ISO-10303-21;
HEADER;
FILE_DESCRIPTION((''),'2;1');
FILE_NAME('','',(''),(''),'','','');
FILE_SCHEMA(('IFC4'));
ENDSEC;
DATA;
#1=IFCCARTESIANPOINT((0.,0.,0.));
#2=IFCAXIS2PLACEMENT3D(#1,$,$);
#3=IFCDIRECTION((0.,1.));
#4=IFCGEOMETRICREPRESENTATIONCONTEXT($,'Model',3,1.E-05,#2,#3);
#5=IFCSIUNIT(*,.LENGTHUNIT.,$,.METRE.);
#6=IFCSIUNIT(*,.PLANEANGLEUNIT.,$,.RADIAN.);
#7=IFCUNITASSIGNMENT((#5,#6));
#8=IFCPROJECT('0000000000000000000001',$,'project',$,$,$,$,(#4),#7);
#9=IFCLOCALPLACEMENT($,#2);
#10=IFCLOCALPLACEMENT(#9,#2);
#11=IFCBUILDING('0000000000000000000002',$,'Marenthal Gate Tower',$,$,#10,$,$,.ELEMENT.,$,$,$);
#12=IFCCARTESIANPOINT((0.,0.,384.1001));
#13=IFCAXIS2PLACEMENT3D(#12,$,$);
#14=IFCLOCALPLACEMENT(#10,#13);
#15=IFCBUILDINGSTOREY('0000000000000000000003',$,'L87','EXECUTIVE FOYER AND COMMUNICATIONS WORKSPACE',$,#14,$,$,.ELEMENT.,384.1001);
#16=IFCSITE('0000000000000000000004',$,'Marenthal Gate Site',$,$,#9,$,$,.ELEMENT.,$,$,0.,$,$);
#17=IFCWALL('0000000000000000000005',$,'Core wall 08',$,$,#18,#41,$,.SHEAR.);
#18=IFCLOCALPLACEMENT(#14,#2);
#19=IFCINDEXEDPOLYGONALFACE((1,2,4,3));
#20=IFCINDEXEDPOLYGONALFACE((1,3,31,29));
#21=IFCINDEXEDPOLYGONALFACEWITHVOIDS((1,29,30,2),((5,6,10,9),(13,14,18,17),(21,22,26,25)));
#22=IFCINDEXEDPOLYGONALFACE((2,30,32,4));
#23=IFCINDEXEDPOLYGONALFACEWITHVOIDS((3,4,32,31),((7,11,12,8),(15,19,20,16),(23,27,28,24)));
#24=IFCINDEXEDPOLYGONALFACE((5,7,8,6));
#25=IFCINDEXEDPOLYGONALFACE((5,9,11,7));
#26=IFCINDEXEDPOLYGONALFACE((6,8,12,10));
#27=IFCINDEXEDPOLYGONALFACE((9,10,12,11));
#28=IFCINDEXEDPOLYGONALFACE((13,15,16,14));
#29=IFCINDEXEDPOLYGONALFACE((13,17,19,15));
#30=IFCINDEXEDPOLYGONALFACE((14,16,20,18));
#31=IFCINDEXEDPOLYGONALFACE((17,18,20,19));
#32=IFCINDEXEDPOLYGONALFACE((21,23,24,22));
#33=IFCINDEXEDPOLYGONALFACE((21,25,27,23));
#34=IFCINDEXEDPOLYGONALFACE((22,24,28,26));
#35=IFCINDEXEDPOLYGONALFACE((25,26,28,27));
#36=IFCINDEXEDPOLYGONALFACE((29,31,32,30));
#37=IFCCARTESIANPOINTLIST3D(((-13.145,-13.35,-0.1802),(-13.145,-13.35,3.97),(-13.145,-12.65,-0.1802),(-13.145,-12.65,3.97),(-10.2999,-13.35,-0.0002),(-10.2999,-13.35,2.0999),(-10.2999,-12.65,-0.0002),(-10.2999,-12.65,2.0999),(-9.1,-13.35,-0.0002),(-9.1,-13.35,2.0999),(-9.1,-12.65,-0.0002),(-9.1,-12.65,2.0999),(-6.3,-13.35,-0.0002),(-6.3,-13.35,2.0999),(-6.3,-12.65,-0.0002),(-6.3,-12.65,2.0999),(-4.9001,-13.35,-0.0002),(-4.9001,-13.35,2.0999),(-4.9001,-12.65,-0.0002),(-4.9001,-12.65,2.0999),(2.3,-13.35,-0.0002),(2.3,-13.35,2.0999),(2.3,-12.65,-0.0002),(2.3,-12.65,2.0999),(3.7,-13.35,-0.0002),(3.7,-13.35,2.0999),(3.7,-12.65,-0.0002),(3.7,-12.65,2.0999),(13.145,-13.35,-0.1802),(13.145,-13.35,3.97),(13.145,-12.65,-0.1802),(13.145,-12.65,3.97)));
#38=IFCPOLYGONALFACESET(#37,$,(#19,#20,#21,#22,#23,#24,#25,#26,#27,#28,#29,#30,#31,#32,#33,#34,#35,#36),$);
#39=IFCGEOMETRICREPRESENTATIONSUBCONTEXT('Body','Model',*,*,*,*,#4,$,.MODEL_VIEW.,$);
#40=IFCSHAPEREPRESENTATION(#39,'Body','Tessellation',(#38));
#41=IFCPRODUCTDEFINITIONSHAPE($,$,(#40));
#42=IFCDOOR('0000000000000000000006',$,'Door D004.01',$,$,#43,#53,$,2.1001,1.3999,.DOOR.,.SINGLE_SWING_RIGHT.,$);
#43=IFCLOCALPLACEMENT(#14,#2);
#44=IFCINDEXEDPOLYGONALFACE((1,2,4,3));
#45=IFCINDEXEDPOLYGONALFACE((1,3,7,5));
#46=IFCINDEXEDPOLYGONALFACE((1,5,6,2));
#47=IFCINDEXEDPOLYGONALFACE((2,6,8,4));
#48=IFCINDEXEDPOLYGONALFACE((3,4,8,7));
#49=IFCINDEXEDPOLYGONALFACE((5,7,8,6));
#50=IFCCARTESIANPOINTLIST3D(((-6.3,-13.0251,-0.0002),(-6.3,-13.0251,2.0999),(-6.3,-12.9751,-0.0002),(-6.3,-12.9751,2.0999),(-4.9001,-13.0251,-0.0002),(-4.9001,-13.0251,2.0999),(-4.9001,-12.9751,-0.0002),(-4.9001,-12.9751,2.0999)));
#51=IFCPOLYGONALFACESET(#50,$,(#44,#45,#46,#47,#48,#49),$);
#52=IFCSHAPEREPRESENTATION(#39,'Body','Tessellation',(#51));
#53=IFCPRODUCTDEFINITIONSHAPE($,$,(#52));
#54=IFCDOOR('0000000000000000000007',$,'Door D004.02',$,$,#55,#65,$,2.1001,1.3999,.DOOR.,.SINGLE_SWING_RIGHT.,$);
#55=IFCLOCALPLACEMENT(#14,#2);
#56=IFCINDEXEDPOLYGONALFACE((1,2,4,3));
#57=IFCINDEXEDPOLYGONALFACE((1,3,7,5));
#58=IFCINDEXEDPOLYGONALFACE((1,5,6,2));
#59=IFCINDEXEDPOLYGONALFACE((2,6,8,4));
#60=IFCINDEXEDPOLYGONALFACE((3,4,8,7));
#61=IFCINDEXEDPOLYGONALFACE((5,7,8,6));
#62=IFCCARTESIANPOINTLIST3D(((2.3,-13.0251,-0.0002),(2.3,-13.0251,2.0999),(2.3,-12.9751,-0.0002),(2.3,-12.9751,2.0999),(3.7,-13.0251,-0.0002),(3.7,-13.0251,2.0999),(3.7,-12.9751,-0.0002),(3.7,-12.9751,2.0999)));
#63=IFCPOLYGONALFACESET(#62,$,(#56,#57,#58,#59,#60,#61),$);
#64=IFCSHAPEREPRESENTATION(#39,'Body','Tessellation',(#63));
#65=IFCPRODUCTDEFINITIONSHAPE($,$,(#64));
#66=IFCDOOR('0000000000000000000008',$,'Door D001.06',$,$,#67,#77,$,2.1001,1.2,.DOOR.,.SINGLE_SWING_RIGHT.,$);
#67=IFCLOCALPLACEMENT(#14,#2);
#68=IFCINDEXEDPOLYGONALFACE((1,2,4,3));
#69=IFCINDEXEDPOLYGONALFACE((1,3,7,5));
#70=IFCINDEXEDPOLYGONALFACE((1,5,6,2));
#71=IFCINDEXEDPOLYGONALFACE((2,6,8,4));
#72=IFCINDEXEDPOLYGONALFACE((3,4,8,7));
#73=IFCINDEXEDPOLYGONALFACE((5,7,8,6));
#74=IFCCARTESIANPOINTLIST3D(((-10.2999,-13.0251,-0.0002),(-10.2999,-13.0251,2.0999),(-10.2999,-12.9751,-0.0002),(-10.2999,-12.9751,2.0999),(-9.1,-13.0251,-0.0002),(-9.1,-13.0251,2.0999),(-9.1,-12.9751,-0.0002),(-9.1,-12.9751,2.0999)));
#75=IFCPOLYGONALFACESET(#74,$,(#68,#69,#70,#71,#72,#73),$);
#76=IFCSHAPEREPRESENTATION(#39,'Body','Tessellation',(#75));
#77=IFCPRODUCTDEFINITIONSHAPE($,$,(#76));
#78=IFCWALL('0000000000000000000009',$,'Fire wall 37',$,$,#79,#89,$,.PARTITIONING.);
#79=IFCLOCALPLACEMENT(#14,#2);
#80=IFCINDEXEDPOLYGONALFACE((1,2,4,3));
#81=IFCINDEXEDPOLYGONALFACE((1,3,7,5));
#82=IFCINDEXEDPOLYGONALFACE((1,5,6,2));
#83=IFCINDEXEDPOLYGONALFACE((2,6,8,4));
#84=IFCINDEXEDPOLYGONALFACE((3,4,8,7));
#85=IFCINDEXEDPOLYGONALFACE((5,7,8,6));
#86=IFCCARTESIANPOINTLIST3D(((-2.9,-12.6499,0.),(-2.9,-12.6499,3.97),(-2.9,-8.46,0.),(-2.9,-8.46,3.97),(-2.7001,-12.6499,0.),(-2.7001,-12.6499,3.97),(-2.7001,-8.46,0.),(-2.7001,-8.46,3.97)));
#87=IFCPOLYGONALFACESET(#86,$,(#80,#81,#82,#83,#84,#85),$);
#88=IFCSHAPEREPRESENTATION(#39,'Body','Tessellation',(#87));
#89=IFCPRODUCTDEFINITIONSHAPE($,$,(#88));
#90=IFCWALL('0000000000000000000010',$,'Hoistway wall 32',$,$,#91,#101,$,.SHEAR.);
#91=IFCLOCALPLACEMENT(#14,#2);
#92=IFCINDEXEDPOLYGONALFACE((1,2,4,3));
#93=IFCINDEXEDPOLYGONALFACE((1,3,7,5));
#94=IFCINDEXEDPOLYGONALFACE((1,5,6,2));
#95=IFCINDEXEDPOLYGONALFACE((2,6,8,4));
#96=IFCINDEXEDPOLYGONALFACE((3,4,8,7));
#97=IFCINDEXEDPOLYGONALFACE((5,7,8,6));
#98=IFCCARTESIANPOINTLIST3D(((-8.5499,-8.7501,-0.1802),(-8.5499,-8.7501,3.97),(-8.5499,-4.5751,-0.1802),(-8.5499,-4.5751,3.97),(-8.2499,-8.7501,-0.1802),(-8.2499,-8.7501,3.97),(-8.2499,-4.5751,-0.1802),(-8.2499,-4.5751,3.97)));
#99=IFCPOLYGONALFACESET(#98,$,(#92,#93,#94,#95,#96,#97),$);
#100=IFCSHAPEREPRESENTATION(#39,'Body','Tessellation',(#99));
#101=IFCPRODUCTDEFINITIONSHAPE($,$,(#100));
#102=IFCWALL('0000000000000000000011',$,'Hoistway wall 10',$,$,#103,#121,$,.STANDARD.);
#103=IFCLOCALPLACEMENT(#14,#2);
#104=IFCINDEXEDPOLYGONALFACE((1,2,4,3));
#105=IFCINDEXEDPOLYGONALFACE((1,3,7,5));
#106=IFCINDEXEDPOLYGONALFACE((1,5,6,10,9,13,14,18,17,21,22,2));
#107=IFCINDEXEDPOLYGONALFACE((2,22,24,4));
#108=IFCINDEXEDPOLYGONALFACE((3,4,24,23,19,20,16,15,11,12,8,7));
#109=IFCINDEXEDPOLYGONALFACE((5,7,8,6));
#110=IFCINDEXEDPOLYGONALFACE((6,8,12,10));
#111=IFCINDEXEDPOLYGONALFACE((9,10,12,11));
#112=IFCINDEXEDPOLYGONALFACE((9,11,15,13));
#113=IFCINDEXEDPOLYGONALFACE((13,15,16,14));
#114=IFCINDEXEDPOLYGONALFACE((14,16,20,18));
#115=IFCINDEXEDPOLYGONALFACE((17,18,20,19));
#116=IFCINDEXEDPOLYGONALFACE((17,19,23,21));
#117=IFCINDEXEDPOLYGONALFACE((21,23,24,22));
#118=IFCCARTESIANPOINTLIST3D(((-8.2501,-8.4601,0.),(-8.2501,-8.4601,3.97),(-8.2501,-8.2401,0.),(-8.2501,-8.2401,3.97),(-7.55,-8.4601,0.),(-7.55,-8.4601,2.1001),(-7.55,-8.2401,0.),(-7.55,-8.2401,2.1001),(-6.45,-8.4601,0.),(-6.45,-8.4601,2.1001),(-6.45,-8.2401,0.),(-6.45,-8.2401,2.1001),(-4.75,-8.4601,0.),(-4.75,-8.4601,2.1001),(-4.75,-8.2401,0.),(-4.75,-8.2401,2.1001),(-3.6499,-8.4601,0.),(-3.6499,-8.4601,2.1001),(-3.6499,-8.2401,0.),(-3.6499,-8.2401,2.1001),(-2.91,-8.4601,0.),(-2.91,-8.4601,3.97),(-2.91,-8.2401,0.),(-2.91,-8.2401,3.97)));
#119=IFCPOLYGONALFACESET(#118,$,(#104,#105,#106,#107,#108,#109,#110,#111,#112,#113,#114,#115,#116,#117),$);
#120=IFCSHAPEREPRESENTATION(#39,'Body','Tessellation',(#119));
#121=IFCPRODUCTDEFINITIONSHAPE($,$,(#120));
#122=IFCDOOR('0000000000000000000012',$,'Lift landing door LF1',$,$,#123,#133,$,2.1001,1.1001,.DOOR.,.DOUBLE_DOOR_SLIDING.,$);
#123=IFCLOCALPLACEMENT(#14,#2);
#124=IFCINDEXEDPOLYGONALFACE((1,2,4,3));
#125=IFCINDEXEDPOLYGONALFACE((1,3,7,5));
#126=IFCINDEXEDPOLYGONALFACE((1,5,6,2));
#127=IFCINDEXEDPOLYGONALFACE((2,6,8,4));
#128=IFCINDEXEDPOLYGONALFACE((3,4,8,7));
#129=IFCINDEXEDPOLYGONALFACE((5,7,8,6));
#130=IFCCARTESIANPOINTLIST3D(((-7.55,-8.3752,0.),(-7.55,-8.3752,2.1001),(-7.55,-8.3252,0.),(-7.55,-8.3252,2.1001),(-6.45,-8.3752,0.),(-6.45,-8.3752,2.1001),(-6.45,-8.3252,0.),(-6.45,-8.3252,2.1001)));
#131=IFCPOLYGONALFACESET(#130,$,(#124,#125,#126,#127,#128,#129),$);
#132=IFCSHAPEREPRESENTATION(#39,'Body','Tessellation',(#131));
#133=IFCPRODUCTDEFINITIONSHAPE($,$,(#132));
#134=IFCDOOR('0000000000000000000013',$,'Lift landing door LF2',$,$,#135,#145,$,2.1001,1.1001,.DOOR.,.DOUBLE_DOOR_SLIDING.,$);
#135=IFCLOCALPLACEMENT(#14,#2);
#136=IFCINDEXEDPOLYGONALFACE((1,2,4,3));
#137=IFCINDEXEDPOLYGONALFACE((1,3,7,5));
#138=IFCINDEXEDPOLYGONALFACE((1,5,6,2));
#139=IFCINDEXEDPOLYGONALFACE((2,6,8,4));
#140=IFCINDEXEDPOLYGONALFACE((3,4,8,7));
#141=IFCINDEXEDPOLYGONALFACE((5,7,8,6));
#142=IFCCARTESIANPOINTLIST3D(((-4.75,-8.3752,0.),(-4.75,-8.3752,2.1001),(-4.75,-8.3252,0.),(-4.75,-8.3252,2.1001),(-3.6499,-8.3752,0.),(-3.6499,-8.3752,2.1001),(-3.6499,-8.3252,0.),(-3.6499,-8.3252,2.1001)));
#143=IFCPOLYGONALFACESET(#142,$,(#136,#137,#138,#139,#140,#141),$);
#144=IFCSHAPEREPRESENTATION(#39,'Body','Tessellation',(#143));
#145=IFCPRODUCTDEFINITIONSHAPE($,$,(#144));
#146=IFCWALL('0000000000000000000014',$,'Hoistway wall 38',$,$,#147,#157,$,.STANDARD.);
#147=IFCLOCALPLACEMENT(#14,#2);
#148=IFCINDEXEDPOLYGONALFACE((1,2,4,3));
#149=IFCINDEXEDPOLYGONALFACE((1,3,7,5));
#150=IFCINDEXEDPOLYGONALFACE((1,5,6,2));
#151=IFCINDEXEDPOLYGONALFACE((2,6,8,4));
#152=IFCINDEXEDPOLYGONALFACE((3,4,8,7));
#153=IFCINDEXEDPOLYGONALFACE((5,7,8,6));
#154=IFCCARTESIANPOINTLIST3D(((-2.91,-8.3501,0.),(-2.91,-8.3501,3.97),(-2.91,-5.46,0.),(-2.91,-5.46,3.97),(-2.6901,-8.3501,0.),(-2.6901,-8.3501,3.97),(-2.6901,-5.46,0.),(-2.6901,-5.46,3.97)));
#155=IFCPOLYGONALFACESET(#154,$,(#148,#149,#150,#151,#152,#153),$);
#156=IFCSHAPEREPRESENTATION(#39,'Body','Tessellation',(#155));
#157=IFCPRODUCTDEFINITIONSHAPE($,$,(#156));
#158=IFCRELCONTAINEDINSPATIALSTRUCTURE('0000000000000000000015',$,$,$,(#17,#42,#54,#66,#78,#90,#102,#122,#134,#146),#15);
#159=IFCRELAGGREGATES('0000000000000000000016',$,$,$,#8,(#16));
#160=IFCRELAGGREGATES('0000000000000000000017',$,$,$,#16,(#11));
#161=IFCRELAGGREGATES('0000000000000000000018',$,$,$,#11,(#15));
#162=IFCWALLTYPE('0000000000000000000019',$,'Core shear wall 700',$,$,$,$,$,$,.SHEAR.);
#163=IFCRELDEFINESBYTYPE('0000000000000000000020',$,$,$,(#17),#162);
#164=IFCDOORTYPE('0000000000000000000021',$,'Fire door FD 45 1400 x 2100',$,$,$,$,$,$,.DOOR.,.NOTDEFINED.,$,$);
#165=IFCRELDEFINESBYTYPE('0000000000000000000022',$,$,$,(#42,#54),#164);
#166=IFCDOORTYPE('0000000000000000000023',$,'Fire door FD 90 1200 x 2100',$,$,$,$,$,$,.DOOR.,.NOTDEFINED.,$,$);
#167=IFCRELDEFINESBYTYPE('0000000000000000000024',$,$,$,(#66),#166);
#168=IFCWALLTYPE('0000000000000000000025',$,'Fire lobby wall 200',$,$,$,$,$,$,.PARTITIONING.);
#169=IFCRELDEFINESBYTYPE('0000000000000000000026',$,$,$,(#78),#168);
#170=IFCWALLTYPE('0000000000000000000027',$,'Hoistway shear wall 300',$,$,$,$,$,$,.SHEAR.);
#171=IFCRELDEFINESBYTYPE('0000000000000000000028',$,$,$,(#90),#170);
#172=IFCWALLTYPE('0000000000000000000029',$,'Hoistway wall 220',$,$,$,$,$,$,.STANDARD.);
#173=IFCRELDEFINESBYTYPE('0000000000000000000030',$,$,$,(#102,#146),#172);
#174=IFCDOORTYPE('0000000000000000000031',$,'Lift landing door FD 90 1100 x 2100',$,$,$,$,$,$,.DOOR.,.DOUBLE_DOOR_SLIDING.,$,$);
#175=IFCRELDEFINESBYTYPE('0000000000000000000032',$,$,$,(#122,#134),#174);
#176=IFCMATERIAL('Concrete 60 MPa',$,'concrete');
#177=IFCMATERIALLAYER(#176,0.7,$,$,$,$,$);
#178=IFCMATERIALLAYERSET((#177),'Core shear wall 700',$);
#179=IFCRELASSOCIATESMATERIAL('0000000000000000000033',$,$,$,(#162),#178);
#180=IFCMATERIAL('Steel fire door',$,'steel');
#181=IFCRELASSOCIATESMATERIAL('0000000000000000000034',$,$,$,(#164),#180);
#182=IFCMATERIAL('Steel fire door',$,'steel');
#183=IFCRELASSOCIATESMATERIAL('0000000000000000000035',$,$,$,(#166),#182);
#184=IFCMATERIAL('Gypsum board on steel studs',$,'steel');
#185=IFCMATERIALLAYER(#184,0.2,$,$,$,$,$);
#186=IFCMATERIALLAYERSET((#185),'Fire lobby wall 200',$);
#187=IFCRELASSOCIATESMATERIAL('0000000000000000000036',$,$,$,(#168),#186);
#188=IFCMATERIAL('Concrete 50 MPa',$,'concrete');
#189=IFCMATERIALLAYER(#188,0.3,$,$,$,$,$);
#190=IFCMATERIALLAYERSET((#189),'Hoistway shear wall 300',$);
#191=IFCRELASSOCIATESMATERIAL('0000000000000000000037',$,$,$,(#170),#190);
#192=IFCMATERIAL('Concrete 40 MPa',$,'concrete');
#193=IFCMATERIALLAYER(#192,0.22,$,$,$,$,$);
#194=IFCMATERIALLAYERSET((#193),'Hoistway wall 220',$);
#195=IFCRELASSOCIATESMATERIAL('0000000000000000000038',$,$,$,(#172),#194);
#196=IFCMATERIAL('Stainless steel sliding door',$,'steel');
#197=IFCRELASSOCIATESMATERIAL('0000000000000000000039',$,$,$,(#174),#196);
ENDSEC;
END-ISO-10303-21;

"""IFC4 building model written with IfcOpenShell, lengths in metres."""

from ifc_helpers import new_model, si_unit, direction, frame, frame_2d, origin, place, context, subcontext, project, spatial, rectangle, extrude, material, layer, layer_set, type_object, element, fill, save


model = new_model("IFC4")

# Units and contexts
model_context = context("Model", 3, precision=1e-05, world=origin(), true_north=direction((0.0, 1.0)))
body_context = subcontext(model_context, "Body", "Model", "MODEL_VIEW")
ifc_project = project(units=[si_unit("LENGTHUNIT", "METRE"), si_unit("PLANEANGLEUNIT", "RADIAN")], contexts=[model_context])

# Site, building, storey
site_placement = place(None, origin())
site = spatial("IfcSite", under=ifc_project, at=site_placement, Name="Marenthal Gate Site", CompositionType="ELEMENT", RefElevation=0.0)
building_placement = place(site_placement, origin())
building = spatial("IfcBuilding", under=site, at=building_placement, Name="Marenthal Gate Tower", CompositionType="ELEMENT")
storey_placement = place(building_placement, frame((0.0, 0.0, 384.1001)))
storey = spatial("IfcBuildingStorey", under=building, at=storey_placement, Name="L87", Description="EXECUTIVE FOYER AND COMMUNICATIONS WORKSPACE", CompositionType="ELEMENT", Elevation=384.1001)

# Wall, openings, doors
ifc_material_1 = material(Name="Concrete 60 MPa", Category="concrete")
ifc_layer_1 = layer(ifc_material_1, 0.7)
ifc_layer_set_1 = layer_set([ifc_layer_1], Name="Core shear wall 700")
wall_type_1 = type_object("IfcWallType", Name="Core shear wall 700", PredefinedType="SHEAR", material=ifc_layer_set_1)
wall_1_placement = place(storey_placement, frame((-13.145, -13.0, -0.1802), z_axis=(0.0, 0.0, 1.0), x_axis=(1.0, 0.0, 0.0)))
wall_1 = element("IfcWall", 1, at=wall_1_placement, inside=storey, type_object=wall_type_1, Name="Core wall 08", PredefinedType="SHEAR", context=body_context, shape_type="SweptSolid", body=[
    extrude(rectangle(XDim=26.29, YDim=0.7, at=frame_2d((13.145, 0.0))), origin(), (0.0, 0.0, 1.0), 4.1501),
])
opening_1_placement = place(wall_1_placement, frame((2.845, 0.0, 0.1799)))
opening_1 = element("IfcOpeningElement", 2, at=opening_1_placement, cuts=wall_1, PredefinedType="OPENING", context=body_context, shape_type="SweptSolid", body=[
    extrude(rectangle(XDim=1.2, YDim=2.1001, at=frame_2d((0.6001, 1.05))), frame((0.0, 0.3599, 0.0), z_axis=(0.0, -1.0, 0.0), x_axis=(1.0, 0.0, 0.0)), (0.0, 0.0, 1.0), 0.72),
])
opening_2_placement = place(wall_1_placement, frame((6.845, 0.0, 0.1799)))
opening_2 = element("IfcOpeningElement", 3, at=opening_2_placement, cuts=wall_1, PredefinedType="OPENING", context=body_context, shape_type="SweptSolid", body=[
    extrude(rectangle(XDim=1.3999, YDim=2.1001, at=frame_2d((0.7, 1.05))), frame((0.0, 0.3599, 0.0), z_axis=(0.0, -1.0, 0.0), x_axis=(1.0, 0.0, 0.0)), (0.0, 0.0, 1.0), 0.72),
])
opening_3_placement = place(wall_1_placement, frame((15.4451, 0.0, 0.1799)))
opening_3 = element("IfcOpeningElement", 4, at=opening_3_placement, cuts=wall_1, PredefinedType="OPENING", context=body_context, shape_type="SweptSolid", body=[
    extrude(rectangle(XDim=1.3999, YDim=2.1001, at=frame_2d((0.7, 1.05))), frame((0.0, 0.3599, 0.0), z_axis=(0.0, -1.0, 0.0), x_axis=(1.0, 0.0, 0.0)), (0.0, 0.0, 1.0), 0.72),
])
ifc_material_2 = material(Name="Steel fire door", Category="steel")
door_type_1 = type_object("IfcDoorType", Name="Fire door FD 45 1400 x 2100", OperationType="NOTDEFINED", PredefinedType="DOOR", material=ifc_material_2)
door_1_placement = place(opening_2_placement, origin())
door_1 = element("IfcDoor", 5, at=door_1_placement, inside=storey, type_object=door_type_1, Name="Door D004.01", OperationType="SINGLE_SWING_RIGHT", OverallHeight=2.1001, OverallWidth=1.3999, PredefinedType="DOOR", context=body_context, shape_type="SweptSolid", body=[
    extrude(rectangle(XDim=1.3999, YDim=2.1001, at=frame_2d((0.7, 1.05))), frame((0.0, 0.0249, 0.0), z_axis=(0.0, -1.0, 0.0), x_axis=(1.0, 0.0, 0.0)), (0.0, 0.0, 1.0), 0.05),
])
fill(opening_2, door_1)
door_2_placement = place(opening_3_placement, origin())
door_2 = element("IfcDoor", 6, at=door_2_placement, inside=storey, type_object=door_type_1, Name="Door D004.02", OperationType="SINGLE_SWING_RIGHT", OverallHeight=2.1001, OverallWidth=1.3999, PredefinedType="DOOR", context=body_context, shape_type="SweptSolid", body=[
    extrude(rectangle(XDim=1.3999, YDim=2.1001, at=frame_2d((0.7, 1.05))), frame((0.0, 0.0249, 0.0), z_axis=(0.0, -1.0, 0.0), x_axis=(1.0, 0.0, 0.0)), (0.0, 0.0, 1.0), 0.05),
])
fill(opening_3, door_2)
ifc_material_3 = material(Name="Steel fire door", Category="steel")
door_type_2 = type_object("IfcDoorType", Name="Fire door FD 90 1200 x 2100", OperationType="NOTDEFINED", PredefinedType="DOOR", material=ifc_material_3)
door_3_placement = place(opening_1_placement, origin())
door_3 = element("IfcDoor", 7, at=door_3_placement, inside=storey, type_object=door_type_2, Name="Door D001.06", OperationType="SINGLE_SWING_RIGHT", OverallHeight=2.1001, OverallWidth=1.2, PredefinedType="DOOR", context=body_context, shape_type="SweptSolid", body=[
    extrude(rectangle(XDim=1.2, YDim=2.1001, at=frame_2d((0.6001, 1.05))), frame((0.0, 0.0249, 0.0), z_axis=(0.0, -1.0, 0.0), x_axis=(1.0, 0.0, 0.0)), (0.0, 0.0, 1.0), 0.05),
])
fill(opening_1, door_3)

# Walls
ifc_material_4 = material(Name="Gypsum board on steel studs", Category="steel")
ifc_layer_2 = layer(ifc_material_4, 0.2)
ifc_layer_set_2 = layer_set([ifc_layer_2], Name="Fire lobby wall 200")
wall_type_2 = type_object("IfcWallType", Name="Fire lobby wall 200", PredefinedType="PARTITIONING", material=ifc_layer_set_2)
wall_2_placement = place(storey_placement, frame((-2.8, -12.6499, 0.0), z_axis=(0.0, 0.0, 1.0), x_axis=(0.0, 1.0, 0.0)))
element("IfcWall", 8, at=wall_2_placement, inside=storey, type_object=wall_type_2, Name="Fire wall 37", PredefinedType="PARTITIONING", context=body_context, shape_type="SweptSolid", body=[
    extrude(rectangle(XDim=4.1899, YDim=0.2, at=frame_2d((2.095, 0.0))), origin(), (0.0, 0.0, 1.0), 3.97),
])
ifc_material_5 = material(Name="Concrete 50 MPa", Category="concrete")
ifc_layer_3 = layer(ifc_material_5, 0.3)
ifc_layer_set_3 = layer_set([ifc_layer_3], Name="Hoistway shear wall 300")
wall_type_3 = type_object("IfcWallType", Name="Hoistway shear wall 300", PredefinedType="SHEAR", material=ifc_layer_set_3)
wall_3_placement = place(storey_placement, frame((-8.3999, -8.75, -0.1802), z_axis=(0.0, 0.0, 1.0), x_axis=(0.0, 1.0, 0.0)))
element("IfcWall", 9, at=wall_3_placement, inside=storey, type_object=wall_type_3, Name="Hoistway wall 32", PredefinedType="SHEAR", context=body_context, shape_type="SweptSolid", body=[
    extrude(rectangle(XDim=4.175, YDim=0.3, at=frame_2d((2.0874, 0.0))), origin(), (0.0, 0.0, 1.0), 4.1501),
])

# Wall, openings, doors
ifc_material_6 = material(Name="Concrete 40 MPa", Category="concrete")
ifc_layer_4 = layer(ifc_material_6, 0.22)
ifc_layer_set_4 = layer_set([ifc_layer_4], Name="Hoistway wall 220")
wall_type_4 = type_object("IfcWallType", Name="Hoistway wall 220", PredefinedType="STANDARD", material=ifc_layer_set_4)
wall_4_placement = place(storey_placement, frame((-8.25, -8.3501, 0.0), z_axis=(0.0, 0.0, 1.0), x_axis=(1.0, 0.0, 0.0)))
wall_4 = element("IfcWall", 10, at=wall_4_placement, inside=storey, type_object=wall_type_4, Name="Hoistway wall 10", PredefinedType="STANDARD", context=body_context, shape_type="SweptSolid", body=[
    extrude(rectangle(XDim=5.3401, YDim=0.22, at=frame_2d((2.6699, 0.0))), origin(), (0.0, 0.0, 1.0), 3.97),
])
opening_4_placement = place(wall_4_placement, frame((0.7, 0.0, 0.0)))
opening_4 = element("IfcOpeningElement", 11, at=opening_4_placement, cuts=wall_4, PredefinedType="OPENING", context=body_context, shape_type="SweptSolid", body=[
    extrude(rectangle(XDim=1.1001, YDim=2.1001, at=frame_2d((0.55, 1.05))), frame((0.0, 0.1201, 0.0), z_axis=(0.0, -1.0, 0.0), x_axis=(1.0, 0.0, 0.0)), (0.0, 0.0, 1.0), 0.24),
])
opening_5_placement = place(wall_4_placement, frame((3.5, 0.0, 0.0)))
opening_5 = element("IfcOpeningElement", 12, at=opening_5_placement, cuts=wall_4, PredefinedType="OPENING", context=body_context, shape_type="SweptSolid", body=[
    extrude(rectangle(XDim=1.1001, YDim=2.1001, at=frame_2d((0.55, 1.05))), frame((0.0, 0.1201, 0.0), z_axis=(0.0, -1.0, 0.0), x_axis=(1.0, 0.0, 0.0)), (0.0, 0.0, 1.0), 0.24),
])
ifc_material_7 = material(Name="Stainless steel sliding door", Category="steel")
door_type_3 = type_object("IfcDoorType", Name="Lift landing door FD 90 1100 x 2100", OperationType="DOUBLE_DOOR_SLIDING", PredefinedType="DOOR", material=ifc_material_7)
door_4_placement = place(opening_4_placement, origin())
door_4 = element("IfcDoor", 13, at=door_4_placement, inside=storey, type_object=door_type_3, Name="Lift landing door LF1", OperationType="DOUBLE_DOOR_SLIDING", OverallHeight=2.1001, OverallWidth=1.1001, PredefinedType="DOOR", context=body_context, shape_type="SweptSolid", body=[
    extrude(rectangle(XDim=1.1001, YDim=2.1001, at=frame_2d((0.55, 1.05))), frame((0.0, 0.0249, 0.0), z_axis=(0.0, -1.0, 0.0), x_axis=(1.0, 0.0, 0.0)), (0.0, 0.0, 1.0), 0.05),
])
fill(opening_4, door_4)
door_5_placement = place(opening_5_placement, origin())
door_5 = element("IfcDoor", 14, at=door_5_placement, inside=storey, type_object=door_type_3, Name="Lift landing door LF2", OperationType="DOUBLE_DOOR_SLIDING", OverallHeight=2.1001, OverallWidth=1.1001, PredefinedType="DOOR", context=body_context, shape_type="SweptSolid", body=[
    extrude(rectangle(XDim=1.1001, YDim=2.1001, at=frame_2d((0.55, 1.05))), frame((0.0, 0.0249, 0.0), z_axis=(0.0, -1.0, 0.0), x_axis=(1.0, 0.0, 0.0)), (0.0, 0.0, 1.0), 0.05),
])
fill(opening_5, door_5)

# Wall
wall_5_placement = place(storey_placement, frame((-2.8, -8.3501, 0.0), z_axis=(0.0, 0.0, 1.0), x_axis=(0.0, 1.0, 0.0)))
element("IfcWall", 15, at=wall_5_placement, inside=storey, type_object=wall_type_4, Name="Hoistway wall 38", PredefinedType="STANDARD", context=body_context, shape_type="SweptSolid", body=[
    extrude(rectangle(XDim=2.8901, YDim=0.22, at=frame_2d((1.4451, 0.0))), origin(), (0.0, 0.0, 1.0), 3.97),
])

save(model, "model.ifc")
